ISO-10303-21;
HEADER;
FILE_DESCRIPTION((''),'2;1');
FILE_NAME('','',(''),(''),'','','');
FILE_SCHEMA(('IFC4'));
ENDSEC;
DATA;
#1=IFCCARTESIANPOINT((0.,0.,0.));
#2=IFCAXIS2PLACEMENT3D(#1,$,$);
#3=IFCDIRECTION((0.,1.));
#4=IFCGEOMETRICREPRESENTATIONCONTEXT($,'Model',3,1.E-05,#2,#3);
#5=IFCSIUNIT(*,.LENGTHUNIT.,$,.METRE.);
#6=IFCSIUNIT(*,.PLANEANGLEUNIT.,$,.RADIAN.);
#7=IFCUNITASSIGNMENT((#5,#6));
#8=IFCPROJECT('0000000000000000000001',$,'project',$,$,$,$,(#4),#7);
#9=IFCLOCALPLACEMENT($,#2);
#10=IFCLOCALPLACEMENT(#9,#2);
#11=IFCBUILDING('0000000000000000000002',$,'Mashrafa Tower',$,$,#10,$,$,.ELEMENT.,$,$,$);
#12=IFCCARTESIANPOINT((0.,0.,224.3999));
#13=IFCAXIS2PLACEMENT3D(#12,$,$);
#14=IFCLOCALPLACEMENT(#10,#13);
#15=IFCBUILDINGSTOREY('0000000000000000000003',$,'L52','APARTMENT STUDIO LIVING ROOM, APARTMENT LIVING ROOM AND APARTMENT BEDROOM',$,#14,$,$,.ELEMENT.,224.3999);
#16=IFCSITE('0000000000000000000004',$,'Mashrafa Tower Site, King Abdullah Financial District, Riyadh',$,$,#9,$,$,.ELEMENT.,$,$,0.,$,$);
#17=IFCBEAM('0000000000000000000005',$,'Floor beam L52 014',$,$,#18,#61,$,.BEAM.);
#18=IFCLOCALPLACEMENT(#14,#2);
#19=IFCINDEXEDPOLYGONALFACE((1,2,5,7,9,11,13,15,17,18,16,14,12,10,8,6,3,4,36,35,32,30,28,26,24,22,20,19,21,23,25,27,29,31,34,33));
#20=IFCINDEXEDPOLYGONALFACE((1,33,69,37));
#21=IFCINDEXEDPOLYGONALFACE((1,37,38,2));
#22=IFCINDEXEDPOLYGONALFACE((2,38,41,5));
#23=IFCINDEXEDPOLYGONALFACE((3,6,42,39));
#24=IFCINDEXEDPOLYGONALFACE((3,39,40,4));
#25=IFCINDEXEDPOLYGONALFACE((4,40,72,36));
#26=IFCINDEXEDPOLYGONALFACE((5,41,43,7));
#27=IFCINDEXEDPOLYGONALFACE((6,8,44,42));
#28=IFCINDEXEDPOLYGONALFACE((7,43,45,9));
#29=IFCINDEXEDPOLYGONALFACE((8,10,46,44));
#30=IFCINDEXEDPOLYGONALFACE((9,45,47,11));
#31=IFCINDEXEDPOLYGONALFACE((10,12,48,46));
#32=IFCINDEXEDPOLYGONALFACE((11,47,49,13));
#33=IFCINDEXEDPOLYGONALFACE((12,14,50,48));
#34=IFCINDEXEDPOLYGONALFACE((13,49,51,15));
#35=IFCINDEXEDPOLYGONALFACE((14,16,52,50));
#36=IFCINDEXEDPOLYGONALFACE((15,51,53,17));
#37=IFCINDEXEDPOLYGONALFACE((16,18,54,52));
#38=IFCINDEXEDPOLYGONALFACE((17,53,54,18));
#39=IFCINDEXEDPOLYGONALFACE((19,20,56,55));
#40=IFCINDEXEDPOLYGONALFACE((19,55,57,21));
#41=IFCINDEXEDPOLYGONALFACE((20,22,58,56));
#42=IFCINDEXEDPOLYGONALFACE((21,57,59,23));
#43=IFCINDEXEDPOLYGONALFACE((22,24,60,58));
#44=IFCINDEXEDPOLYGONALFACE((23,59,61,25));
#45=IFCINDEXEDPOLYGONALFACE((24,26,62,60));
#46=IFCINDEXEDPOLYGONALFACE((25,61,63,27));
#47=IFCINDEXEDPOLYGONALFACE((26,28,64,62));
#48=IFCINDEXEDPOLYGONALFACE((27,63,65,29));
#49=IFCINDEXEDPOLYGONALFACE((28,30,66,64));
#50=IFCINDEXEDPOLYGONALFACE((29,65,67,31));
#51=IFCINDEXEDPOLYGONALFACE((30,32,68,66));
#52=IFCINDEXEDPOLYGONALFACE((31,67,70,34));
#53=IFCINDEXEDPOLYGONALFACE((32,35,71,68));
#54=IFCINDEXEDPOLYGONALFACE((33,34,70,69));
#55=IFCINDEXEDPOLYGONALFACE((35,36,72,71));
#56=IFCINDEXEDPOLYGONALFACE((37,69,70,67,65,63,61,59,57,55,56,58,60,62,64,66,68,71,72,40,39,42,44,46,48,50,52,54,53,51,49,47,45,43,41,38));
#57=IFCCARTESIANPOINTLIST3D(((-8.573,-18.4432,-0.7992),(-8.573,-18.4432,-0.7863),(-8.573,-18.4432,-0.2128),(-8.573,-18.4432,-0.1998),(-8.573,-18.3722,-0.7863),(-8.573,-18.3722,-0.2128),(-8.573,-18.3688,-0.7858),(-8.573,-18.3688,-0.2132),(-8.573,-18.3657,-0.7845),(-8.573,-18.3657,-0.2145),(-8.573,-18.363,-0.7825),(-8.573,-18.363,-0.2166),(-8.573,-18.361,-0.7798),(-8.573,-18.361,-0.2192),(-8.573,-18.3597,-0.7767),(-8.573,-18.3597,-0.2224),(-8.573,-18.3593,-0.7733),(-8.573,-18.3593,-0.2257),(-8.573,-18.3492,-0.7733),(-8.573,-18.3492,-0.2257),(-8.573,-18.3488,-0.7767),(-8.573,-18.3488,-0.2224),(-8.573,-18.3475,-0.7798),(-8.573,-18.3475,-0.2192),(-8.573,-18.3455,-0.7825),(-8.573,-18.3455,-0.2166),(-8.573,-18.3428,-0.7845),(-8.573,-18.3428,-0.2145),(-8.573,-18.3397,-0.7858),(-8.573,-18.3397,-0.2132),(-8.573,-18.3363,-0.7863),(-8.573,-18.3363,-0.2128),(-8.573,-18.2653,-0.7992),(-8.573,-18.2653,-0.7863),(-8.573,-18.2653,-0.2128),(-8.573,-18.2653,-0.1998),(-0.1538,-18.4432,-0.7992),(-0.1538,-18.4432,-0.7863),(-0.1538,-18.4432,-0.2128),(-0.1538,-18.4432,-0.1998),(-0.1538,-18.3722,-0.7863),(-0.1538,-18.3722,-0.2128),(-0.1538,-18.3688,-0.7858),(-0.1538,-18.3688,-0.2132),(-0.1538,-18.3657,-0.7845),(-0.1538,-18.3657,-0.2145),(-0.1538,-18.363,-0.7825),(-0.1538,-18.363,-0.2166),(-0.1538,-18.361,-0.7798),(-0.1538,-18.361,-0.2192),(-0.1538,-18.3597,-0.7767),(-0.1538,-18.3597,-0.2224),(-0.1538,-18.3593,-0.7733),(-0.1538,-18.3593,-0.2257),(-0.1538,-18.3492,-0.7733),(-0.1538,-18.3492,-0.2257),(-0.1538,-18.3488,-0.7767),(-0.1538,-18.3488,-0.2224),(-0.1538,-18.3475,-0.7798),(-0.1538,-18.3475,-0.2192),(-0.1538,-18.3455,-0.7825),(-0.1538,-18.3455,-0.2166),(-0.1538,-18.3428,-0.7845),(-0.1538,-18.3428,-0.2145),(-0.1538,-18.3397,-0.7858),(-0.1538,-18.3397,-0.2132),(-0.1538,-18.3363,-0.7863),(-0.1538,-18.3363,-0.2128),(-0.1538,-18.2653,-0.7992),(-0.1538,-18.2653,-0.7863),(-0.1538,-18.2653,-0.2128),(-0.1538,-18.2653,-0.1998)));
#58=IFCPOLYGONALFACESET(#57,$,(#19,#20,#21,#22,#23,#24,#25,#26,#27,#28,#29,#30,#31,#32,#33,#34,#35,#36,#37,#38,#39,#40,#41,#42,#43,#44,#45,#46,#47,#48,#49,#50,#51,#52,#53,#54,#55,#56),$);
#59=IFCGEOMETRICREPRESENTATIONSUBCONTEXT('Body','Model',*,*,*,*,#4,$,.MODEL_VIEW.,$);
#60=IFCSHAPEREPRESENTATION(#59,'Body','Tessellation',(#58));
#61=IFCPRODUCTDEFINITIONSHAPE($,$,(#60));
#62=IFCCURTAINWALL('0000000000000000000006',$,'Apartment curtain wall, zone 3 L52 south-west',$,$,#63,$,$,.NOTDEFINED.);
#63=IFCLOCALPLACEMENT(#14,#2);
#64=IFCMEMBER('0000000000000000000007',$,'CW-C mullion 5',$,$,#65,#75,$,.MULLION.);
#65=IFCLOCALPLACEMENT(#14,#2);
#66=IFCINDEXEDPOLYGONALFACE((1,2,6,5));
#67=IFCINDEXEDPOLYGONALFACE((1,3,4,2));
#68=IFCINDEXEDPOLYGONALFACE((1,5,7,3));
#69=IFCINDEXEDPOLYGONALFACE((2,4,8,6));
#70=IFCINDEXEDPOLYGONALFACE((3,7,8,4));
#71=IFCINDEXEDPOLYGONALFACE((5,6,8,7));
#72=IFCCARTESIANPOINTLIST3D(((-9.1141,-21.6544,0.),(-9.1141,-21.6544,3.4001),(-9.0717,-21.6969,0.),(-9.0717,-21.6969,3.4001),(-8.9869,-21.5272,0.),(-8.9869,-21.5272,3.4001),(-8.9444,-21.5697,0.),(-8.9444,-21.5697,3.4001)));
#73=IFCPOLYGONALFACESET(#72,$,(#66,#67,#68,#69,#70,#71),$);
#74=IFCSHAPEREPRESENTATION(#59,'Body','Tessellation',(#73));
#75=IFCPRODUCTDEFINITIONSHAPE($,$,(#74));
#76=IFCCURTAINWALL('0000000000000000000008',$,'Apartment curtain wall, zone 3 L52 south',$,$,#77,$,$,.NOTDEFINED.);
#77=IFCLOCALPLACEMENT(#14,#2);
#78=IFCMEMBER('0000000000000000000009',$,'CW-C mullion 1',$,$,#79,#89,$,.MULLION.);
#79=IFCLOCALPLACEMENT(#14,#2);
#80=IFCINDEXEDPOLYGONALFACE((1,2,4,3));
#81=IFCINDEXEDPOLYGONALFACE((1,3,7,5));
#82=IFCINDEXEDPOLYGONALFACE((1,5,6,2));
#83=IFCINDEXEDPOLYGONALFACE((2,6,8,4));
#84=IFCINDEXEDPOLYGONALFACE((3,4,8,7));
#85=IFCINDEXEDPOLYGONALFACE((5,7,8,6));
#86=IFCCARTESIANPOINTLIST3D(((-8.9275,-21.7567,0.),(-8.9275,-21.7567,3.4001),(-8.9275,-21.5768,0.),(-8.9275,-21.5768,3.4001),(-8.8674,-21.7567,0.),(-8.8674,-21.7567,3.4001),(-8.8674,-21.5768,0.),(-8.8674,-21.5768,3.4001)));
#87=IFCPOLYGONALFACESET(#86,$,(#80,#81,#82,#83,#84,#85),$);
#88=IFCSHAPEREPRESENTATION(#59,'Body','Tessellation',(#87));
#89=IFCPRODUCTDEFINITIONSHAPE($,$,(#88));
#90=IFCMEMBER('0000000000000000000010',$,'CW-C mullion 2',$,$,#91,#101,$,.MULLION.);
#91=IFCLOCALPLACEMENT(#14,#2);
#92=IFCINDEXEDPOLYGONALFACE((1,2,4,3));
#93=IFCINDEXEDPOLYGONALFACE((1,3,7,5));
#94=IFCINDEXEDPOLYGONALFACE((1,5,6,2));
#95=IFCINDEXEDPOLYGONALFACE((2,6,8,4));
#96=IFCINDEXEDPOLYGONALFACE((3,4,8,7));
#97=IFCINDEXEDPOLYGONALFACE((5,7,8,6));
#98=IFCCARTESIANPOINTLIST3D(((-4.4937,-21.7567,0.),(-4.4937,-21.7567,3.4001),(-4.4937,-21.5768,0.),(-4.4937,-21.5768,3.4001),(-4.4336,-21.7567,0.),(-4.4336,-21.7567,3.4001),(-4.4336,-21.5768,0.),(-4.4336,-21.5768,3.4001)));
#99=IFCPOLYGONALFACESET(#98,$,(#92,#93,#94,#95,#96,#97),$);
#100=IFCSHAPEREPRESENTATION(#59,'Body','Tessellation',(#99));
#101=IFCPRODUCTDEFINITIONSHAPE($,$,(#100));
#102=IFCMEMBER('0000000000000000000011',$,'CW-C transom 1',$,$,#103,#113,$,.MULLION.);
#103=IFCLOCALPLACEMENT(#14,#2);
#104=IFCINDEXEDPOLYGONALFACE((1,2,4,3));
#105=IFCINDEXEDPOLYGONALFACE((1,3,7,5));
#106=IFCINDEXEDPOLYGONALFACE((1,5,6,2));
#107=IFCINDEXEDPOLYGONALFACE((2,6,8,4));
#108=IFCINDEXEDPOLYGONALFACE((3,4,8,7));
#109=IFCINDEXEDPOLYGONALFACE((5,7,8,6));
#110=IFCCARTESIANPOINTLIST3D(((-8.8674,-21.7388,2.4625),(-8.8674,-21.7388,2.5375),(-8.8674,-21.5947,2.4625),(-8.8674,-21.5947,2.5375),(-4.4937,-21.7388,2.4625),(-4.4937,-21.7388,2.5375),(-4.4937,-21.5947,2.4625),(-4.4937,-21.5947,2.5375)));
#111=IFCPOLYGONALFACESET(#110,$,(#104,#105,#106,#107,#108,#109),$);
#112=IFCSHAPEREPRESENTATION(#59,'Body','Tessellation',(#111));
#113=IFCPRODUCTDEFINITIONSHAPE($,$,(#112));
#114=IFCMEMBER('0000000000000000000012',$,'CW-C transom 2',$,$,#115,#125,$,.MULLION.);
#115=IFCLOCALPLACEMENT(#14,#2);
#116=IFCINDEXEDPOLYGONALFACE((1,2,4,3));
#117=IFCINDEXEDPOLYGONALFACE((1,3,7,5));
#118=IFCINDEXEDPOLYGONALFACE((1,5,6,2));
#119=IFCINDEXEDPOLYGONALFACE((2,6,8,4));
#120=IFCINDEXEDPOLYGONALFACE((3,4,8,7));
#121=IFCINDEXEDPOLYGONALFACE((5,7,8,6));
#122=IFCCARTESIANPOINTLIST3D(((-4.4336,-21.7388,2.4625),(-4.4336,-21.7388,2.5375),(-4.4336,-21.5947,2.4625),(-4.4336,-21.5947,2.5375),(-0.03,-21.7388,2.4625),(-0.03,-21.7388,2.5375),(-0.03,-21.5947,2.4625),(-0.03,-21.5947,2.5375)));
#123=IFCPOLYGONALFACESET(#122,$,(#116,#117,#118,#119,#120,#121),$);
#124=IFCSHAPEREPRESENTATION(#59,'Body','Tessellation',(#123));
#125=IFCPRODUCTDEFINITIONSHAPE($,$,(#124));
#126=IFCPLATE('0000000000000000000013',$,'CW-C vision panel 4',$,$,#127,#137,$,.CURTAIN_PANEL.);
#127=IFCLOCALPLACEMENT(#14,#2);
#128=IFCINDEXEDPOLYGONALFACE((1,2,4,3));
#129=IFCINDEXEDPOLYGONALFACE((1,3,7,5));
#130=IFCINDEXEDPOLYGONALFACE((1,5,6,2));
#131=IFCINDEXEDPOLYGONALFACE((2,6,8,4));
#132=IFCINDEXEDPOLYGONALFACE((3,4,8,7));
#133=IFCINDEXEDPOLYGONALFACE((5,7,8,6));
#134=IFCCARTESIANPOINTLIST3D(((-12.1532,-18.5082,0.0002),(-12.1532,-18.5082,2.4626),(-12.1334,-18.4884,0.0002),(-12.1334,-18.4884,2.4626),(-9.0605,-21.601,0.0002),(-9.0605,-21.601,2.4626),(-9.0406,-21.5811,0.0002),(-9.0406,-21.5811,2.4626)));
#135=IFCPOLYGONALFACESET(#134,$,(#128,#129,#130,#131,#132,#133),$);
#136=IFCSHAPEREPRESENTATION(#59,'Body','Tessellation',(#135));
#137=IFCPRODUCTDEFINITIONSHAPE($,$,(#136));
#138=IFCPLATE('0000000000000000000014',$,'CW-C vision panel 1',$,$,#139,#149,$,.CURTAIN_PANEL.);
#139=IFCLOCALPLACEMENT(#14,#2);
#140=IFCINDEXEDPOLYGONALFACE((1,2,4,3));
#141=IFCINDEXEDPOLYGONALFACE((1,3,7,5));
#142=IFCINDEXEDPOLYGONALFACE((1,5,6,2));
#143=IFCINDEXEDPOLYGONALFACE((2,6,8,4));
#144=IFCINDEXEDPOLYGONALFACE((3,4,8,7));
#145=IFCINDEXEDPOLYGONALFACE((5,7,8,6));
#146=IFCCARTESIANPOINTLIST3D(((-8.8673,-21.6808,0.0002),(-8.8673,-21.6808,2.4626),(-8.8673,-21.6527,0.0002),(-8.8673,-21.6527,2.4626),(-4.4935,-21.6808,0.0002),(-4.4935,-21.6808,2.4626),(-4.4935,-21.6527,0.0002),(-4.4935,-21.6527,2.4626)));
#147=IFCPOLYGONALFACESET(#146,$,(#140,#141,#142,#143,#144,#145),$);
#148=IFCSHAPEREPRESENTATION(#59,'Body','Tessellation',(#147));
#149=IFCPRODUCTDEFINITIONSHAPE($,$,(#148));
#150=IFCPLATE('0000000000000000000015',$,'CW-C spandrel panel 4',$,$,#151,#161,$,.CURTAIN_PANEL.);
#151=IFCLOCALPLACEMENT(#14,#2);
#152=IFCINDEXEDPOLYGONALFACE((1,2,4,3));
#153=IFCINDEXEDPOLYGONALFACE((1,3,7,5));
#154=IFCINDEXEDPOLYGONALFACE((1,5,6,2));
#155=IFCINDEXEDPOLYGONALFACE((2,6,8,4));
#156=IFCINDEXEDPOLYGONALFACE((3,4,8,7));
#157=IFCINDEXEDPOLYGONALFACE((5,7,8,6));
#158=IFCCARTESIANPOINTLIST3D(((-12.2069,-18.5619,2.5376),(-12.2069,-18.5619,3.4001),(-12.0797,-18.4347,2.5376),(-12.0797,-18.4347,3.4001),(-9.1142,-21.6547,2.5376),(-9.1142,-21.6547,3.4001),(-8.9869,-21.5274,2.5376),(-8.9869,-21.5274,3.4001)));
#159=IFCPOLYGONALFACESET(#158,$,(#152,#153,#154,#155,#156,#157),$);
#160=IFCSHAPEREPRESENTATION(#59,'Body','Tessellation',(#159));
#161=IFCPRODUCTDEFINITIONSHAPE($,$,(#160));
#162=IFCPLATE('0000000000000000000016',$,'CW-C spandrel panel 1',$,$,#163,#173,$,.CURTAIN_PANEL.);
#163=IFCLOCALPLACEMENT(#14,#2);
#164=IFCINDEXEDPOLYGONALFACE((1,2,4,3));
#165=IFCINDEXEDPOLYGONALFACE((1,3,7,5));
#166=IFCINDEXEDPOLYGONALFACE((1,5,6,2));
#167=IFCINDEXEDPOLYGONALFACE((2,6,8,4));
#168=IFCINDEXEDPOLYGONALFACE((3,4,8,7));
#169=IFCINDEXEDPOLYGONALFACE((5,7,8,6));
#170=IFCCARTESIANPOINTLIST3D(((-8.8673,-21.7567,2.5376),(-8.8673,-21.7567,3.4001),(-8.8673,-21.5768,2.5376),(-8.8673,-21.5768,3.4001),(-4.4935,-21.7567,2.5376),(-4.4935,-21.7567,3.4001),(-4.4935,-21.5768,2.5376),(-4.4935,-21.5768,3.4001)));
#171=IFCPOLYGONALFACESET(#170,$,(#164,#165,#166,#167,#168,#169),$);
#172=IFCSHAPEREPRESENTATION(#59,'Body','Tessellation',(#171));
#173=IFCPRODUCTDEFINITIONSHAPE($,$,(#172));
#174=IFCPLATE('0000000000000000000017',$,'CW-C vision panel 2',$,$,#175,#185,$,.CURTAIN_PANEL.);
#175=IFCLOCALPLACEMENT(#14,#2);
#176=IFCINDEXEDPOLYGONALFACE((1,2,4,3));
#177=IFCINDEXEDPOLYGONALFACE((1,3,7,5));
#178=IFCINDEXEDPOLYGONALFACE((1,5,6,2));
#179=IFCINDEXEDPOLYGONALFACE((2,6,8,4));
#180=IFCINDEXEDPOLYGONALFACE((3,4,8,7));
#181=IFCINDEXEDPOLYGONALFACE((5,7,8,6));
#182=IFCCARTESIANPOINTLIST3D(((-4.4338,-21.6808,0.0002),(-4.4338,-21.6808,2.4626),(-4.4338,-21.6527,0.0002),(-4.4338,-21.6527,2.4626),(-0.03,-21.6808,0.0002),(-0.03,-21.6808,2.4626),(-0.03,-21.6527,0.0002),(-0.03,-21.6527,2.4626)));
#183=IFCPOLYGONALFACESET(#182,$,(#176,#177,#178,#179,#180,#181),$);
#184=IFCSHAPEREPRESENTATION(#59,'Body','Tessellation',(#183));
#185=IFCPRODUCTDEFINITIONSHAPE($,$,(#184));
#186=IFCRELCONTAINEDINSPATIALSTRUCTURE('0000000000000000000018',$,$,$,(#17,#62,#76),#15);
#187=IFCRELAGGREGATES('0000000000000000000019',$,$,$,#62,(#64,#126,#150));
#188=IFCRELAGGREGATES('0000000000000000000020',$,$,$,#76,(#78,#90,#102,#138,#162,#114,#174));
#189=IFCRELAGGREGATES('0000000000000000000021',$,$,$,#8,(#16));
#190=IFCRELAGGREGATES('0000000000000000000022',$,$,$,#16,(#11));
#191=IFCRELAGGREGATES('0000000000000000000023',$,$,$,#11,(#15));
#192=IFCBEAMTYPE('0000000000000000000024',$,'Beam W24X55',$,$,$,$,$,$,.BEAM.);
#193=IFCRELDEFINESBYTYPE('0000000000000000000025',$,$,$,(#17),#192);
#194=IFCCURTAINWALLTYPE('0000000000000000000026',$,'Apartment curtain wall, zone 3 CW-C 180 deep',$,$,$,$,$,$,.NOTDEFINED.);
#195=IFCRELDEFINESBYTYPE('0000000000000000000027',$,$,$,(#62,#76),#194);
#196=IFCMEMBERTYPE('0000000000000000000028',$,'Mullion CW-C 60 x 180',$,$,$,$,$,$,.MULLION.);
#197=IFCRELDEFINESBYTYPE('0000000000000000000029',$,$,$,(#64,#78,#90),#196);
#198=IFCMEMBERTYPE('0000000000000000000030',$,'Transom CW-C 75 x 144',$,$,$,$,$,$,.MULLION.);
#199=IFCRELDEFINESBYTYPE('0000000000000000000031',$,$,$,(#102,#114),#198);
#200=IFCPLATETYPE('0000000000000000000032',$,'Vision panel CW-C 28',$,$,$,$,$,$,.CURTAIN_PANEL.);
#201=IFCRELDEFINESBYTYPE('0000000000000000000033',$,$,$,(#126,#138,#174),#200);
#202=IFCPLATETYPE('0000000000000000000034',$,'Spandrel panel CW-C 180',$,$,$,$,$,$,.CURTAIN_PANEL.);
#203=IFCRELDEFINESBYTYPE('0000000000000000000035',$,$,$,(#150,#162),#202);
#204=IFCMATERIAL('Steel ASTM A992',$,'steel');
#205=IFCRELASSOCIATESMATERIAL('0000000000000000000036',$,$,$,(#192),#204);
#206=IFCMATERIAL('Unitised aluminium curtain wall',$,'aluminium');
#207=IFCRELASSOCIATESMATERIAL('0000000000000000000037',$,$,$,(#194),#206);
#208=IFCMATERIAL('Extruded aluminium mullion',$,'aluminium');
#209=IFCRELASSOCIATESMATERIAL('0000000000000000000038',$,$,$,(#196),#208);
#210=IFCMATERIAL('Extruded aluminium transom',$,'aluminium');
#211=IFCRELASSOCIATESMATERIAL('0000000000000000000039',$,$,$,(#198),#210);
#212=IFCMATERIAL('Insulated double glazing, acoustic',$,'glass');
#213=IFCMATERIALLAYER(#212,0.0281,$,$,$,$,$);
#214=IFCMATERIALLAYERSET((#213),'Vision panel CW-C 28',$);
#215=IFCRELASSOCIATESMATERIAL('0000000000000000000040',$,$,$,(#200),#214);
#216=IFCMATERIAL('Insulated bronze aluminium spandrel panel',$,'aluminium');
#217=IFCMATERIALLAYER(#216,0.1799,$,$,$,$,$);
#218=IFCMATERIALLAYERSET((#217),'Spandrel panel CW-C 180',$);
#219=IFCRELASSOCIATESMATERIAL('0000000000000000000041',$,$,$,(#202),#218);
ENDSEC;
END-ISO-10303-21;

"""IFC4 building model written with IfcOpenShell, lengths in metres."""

from ifc_helpers import new_model, si_unit, direction, frame, origin, origin_2d, place, context, subcontext, project, spatial, rectangle, i_section, extrude, source, transform, mapped, material, layer, layer_set, material_profile, profile_set, type_object, type_shapes, element, aggregate, save


model = new_model("IFC4")

# Units and contexts
model_context = context("Model", 3, precision=1e-05, world=origin(), true_north=direction((0.0, 1.0)))
body_context = subcontext(model_context, "Body", "Model", "MODEL_VIEW")
ifc_project = project(units=[si_unit("LENGTHUNIT", "METRE"), si_unit("PLANEANGLEUNIT", "RADIAN")], contexts=[model_context])

# Site, building, storey
site_placement = place(None, origin())
site = spatial("IfcSite", under=ifc_project, at=site_placement, Name="Mashrafa Tower Site, King Abdullah Financial District, Riyadh", CompositionType="ELEMENT", RefElevation=0.0)
building_placement = place(site_placement, origin())
building = spatial("IfcBuilding", under=site, at=building_placement, Name="Mashrafa Tower", CompositionType="ELEMENT")
storey_placement = place(building_placement, frame((0.0, 0.0, 224.3999)))
storey = spatial("IfcBuildingStorey", under=building, at=storey_placement, Name="L52", Description="APARTMENT STUDIO LIVING ROOM, APARTMENT LIVING ROOM AND APARTMENT BEDROOM", CompositionType="ELEMENT", Elevation=224.3999)

# Beam
ifc_material_1 = material(Name="Steel ASTM A992", Category="steel")
ifc_material_profile_1 = material_profile(ifc_material_1, i_section(OverallWidth=0.178, OverallDepth=0.5994, WebThickness=0.01, FlangeThickness=0.0129, FilletRadius=0.0129, at=origin_2d()), Name="W24X55")
ifc_profile_set_1 = profile_set([ifc_material_profile_1], Name="Steel ASTM A992")
beam_type_1 = type_object("IfcBeamType", Name="Beam W24X55", PredefinedType="BEAM", material=ifc_profile_set_1)
beam_1_placement = place(storey_placement, frame((-0.1538, -18.3542, -0.4995), z_axis=(-1.0, 0.0, 0.0), x_axis=(0.0, -1.0, 0.0)))
element("IfcBeam", 1, at=beam_1_placement, inside=storey, type_object=beam_type_1, Name="Floor beam L52 014", PredefinedType="BEAM", context=body_context, shape_type="SweptSolid", body=[
    extrude(i_section(OverallWidth=0.178, OverallDepth=0.5994, WebThickness=0.01, FlangeThickness=0.0129, FilletRadius=0.0129, at=origin_2d()), origin(), (0.0, 0.0, 1.0), 8.4192),
])

# Curtain wall, member
ifc_material_2 = material(Name="Unitised aluminium curtain wall", Category="aluminium")
curtain_wall_type = type_object("IfcCurtainWallType", Name="Apartment curtain wall, zone 3 CW-C 180 deep", PredefinedType="NOTDEFINED", material=ifc_material_2)
curtain_wall_1_placement = place(storey_placement, origin())
curtain_wall_1 = element("IfcCurtainWall", 2, at=curtain_wall_1_placement, inside=storey, type_object=curtain_wall_type, Name="Apartment curtain wall, zone 3 L52 south-west", PredefinedType="NOTDEFINED")
ifc_material_3 = material(Name="Extruded aluminium mullion", Category="aluminium")
ifc_material_profile_2 = material_profile(ifc_material_3, rectangle(XDim=0.1799, YDim=0.0601, at=origin_2d()), Name="Mullion 60x180")
ifc_profile_set_2 = profile_set([ifc_material_profile_2], Name="Extruded aluminium mullion")
member_type_1 = type_object("IfcMemberType", Name="Mullion CW-C 60 x 180", PredefinedType="MULLION", material=ifc_profile_set_2)
shared_shape_1 = source(origin(), body_context, "Body", "SweptSolid", [
    extrude(rectangle(XDim=0.1799, YDim=0.0601, at=origin_2d()), origin(), (0.0, 0.0, 1.0), 3.4001),
])
type_shapes(member_type_1, [shared_shape_1])
member_1_placement = place(storey_placement, frame((-9.0293, -21.6121, 0.0), z_axis=(0.0, 0.0, 1.0), x_axis=(0.707107, 0.707107, 0.0)))
member_1 = element("IfcMember", 3, at=member_1_placement, type_object=member_type_1, Name="CW-C mullion 5", PredefinedType="MULLION", context=body_context, shape_type="MappedRepresentation", body=[
    mapped(shared_shape_1, transform((0.0, 0.0, 0.0))),
])

# Curtain wall, members
curtain_wall_2_placement = place(storey_placement, origin())
curtain_wall_2 = element("IfcCurtainWall", 4, at=curtain_wall_2_placement, inside=storey, type_object=curtain_wall_type, Name="Apartment curtain wall, zone 3 L52 south", PredefinedType="NOTDEFINED")
member_2_placement = place(storey_placement, frame((-8.8975, -21.6667, 0.0), z_axis=(0.0, 0.0, 1.0), x_axis=(0.0, 1.0, 0.0)))
member_2 = element("IfcMember", 5, at=member_2_placement, type_object=member_type_1, Name="CW-C mullion 1", PredefinedType="MULLION", context=body_context, shape_type="MappedRepresentation", body=[
    mapped(shared_shape_1, transform((0.0, 0.0, 0.0))),
])
member_3_placement = place(storey_placement, frame((-4.4636, -21.6667, 0.0), z_axis=(0.0, 0.0, 1.0), x_axis=(0.0, 1.0, 0.0)))
member_3 = element("IfcMember", 6, at=member_3_placement, type_object=member_type_1, Name="CW-C mullion 2", PredefinedType="MULLION", context=body_context, shape_type="MappedRepresentation", body=[
    mapped(shared_shape_1, transform((0.0, 0.0, 0.0))),
])
ifc_material_4 = material(Name="Extruded aluminium transom", Category="aluminium")
ifc_material_profile_3 = material_profile(ifc_material_4, rectangle(XDim=0.144, YDim=0.075, at=origin_2d()), Name="Transom 75x144")
ifc_profile_set_3 = profile_set([ifc_material_profile_3], Name="Extruded aluminium transom")
member_type_2 = type_object("IfcMemberType", Name="Transom CW-C 75 x 144", PredefinedType="MULLION", material=ifc_profile_set_3)
shared_shape_2 = source(origin(), body_context, "Body", "SweptSolid", [
    extrude(rectangle(XDim=0.144, YDim=0.075, at=origin_2d()), origin(), (0.0, 0.0, 1.0), 4.3738),
])
member_4_placement = place(storey_placement, frame((-8.8674, -21.6667, 2.5), z_axis=(1.0, 0.0, 0.0), x_axis=(0.0, 1.0, 0.0)))
member_4 = element("IfcMember", 7, at=member_4_placement, type_object=member_type_2, Name="CW-C transom 1", PredefinedType="MULLION", context=body_context, shape_type="MappedRepresentation", body=[
    mapped(shared_shape_2, transform((0.0, 0.0, 0.0))),
])
shared_shape_3 = source(origin(), body_context, "Body", "SweptSolid", [
    extrude(rectangle(XDim=0.144, YDim=0.075, at=origin_2d()), origin(), (0.0, 0.0, 1.0), 4.4036),
])
type_shapes(member_type_2, [shared_shape_2, shared_shape_3])
member_5_placement = place(storey_placement, frame((-4.4336, -21.6667, 2.5), z_axis=(1.0, 0.0, 0.0), x_axis=(0.0, 1.0, 0.0)))
member_5 = element("IfcMember", 8, at=member_5_placement, type_object=member_type_2, Name="CW-C transom 2", PredefinedType="MULLION", context=body_context, shape_type="MappedRepresentation", body=[
    mapped(shared_shape_3, transform((0.0, 0.0, 0.0))),
])

# Plates
ifc_material_5 = material(Name="Insulated double glazing, acoustic", Category="glass")
ifc_layer_1 = layer(ifc_material_5, 0.0281)
ifc_layer_set_1 = layer_set([ifc_layer_1], Name="Vision panel CW-C 28")
plate_type_1 = type_object("IfcPlateType", Name="Vision panel CW-C 28", PredefinedType="CURTAIN_PANEL", material=ifc_layer_set_1)
shared_shape_4 = source(origin(), body_context, "Body", "SweptSolid", [
    extrude(rectangle(XDim=4.3738, YDim=0.0281, at=origin_2d()), origin(), (0.0, 0.0, 1.0), 2.4624),
])
plate_1_placement = place(storey_placement, frame((-10.5969, -20.0447, 0.0002), z_axis=(0.0, 0.0, 1.0), x_axis=(0.707107, -0.707107, 0.0)))
plate_1 = element("IfcPlate", 9, at=plate_1_placement, type_object=plate_type_1, Name="CW-C vision panel 4", PredefinedType="CURTAIN_PANEL", context=body_context, shape_type="MappedRepresentation", body=[
    mapped(shared_shape_4, transform((0.0, 0.0, 0.0))),
])
plate_2_placement = place(storey_placement, frame((-6.6804, -21.6667, 0.0002), z_axis=(0.0, 0.0, 1.0), x_axis=(1.0, 0.0, 0.0)))
plate_2 = element("IfcPlate", 10, at=plate_2_placement, type_object=plate_type_1, Name="CW-C vision panel 1", PredefinedType="CURTAIN_PANEL", context=body_context, shape_type="MappedRepresentation", body=[
    mapped(shared_shape_4, transform((0.0, 0.0, 0.0))),
])
ifc_material_6 = material(Name="Insulated bronze aluminium spandrel panel", Category="aluminium")
ifc_layer_2 = layer(ifc_material_6, 0.1799)
ifc_layer_set_2 = layer_set([ifc_layer_2], Name="Spandrel panel CW-C 180")
plate_type_2 = type_object("IfcPlateType", Name="Spandrel panel CW-C 180", PredefinedType="CURTAIN_PANEL", material=ifc_layer_set_2)
shared_shape_5 = source(origin(), body_context, "Body", "SweptSolid", [
    extrude(rectangle(XDim=4.3738, YDim=0.1799, at=origin_2d()), origin(), (0.0, 0.0, 1.0), 0.8625),
])
plate_3_placement = place(storey_placement, frame((-10.5969, -20.0447, 2.5376), z_axis=(0.0, 0.0, 1.0), x_axis=(0.707107, -0.707107, 0.0)))
plate_3 = element("IfcPlate", 11, at=plate_3_placement, type_object=plate_type_2, Name="CW-C spandrel panel 4", PredefinedType="CURTAIN_PANEL", context=body_context, shape_type="MappedRepresentation", body=[
    mapped(shared_shape_5, transform((0.0, 0.0, 0.0))),
])
aggregate(curtain_wall_1, [member_1, plate_1, plate_3])
plate_4_placement = place(storey_placement, frame((-6.6804, -21.6667, 2.5376), z_axis=(0.0, 0.0, 1.0), x_axis=(1.0, 0.0, 0.0)))
plate_4 = element("IfcPlate", 12, at=plate_4_placement, type_object=plate_type_2, Name="CW-C spandrel panel 1", PredefinedType="CURTAIN_PANEL", context=body_context, shape_type="MappedRepresentation", body=[
    mapped(shared_shape_5, transform((0.0, 0.0, 0.0))),
])
shared_shape_6 = source(origin(), body_context, "Body", "SweptSolid", [
    extrude(rectangle(XDim=4.4038, YDim=0.0281, at=origin_2d()), origin(), (0.0, 0.0, 1.0), 2.4624),
])
type_shapes(plate_type_1, [shared_shape_4, shared_shape_6])
plate_5_placement = place(storey_placement, frame((-2.2319, -21.6667, 0.0002), z_axis=(0.0, 0.0, 1.0), x_axis=(1.0, 0.0, 0.0)))
plate_5 = element("IfcPlate", 13, at=plate_5_placement, type_object=plate_type_1, Name="CW-C vision panel 2", PredefinedType="CURTAIN_PANEL", context=body_context, shape_type="MappedRepresentation", body=[
    mapped(shared_shape_6, transform((0.0, 0.0, 0.0))),
])
aggregate(curtain_wall_2, [member_2, member_3, member_4, plate_2, plate_4, member_5, plate_5])

save(model, "model.ifc")
